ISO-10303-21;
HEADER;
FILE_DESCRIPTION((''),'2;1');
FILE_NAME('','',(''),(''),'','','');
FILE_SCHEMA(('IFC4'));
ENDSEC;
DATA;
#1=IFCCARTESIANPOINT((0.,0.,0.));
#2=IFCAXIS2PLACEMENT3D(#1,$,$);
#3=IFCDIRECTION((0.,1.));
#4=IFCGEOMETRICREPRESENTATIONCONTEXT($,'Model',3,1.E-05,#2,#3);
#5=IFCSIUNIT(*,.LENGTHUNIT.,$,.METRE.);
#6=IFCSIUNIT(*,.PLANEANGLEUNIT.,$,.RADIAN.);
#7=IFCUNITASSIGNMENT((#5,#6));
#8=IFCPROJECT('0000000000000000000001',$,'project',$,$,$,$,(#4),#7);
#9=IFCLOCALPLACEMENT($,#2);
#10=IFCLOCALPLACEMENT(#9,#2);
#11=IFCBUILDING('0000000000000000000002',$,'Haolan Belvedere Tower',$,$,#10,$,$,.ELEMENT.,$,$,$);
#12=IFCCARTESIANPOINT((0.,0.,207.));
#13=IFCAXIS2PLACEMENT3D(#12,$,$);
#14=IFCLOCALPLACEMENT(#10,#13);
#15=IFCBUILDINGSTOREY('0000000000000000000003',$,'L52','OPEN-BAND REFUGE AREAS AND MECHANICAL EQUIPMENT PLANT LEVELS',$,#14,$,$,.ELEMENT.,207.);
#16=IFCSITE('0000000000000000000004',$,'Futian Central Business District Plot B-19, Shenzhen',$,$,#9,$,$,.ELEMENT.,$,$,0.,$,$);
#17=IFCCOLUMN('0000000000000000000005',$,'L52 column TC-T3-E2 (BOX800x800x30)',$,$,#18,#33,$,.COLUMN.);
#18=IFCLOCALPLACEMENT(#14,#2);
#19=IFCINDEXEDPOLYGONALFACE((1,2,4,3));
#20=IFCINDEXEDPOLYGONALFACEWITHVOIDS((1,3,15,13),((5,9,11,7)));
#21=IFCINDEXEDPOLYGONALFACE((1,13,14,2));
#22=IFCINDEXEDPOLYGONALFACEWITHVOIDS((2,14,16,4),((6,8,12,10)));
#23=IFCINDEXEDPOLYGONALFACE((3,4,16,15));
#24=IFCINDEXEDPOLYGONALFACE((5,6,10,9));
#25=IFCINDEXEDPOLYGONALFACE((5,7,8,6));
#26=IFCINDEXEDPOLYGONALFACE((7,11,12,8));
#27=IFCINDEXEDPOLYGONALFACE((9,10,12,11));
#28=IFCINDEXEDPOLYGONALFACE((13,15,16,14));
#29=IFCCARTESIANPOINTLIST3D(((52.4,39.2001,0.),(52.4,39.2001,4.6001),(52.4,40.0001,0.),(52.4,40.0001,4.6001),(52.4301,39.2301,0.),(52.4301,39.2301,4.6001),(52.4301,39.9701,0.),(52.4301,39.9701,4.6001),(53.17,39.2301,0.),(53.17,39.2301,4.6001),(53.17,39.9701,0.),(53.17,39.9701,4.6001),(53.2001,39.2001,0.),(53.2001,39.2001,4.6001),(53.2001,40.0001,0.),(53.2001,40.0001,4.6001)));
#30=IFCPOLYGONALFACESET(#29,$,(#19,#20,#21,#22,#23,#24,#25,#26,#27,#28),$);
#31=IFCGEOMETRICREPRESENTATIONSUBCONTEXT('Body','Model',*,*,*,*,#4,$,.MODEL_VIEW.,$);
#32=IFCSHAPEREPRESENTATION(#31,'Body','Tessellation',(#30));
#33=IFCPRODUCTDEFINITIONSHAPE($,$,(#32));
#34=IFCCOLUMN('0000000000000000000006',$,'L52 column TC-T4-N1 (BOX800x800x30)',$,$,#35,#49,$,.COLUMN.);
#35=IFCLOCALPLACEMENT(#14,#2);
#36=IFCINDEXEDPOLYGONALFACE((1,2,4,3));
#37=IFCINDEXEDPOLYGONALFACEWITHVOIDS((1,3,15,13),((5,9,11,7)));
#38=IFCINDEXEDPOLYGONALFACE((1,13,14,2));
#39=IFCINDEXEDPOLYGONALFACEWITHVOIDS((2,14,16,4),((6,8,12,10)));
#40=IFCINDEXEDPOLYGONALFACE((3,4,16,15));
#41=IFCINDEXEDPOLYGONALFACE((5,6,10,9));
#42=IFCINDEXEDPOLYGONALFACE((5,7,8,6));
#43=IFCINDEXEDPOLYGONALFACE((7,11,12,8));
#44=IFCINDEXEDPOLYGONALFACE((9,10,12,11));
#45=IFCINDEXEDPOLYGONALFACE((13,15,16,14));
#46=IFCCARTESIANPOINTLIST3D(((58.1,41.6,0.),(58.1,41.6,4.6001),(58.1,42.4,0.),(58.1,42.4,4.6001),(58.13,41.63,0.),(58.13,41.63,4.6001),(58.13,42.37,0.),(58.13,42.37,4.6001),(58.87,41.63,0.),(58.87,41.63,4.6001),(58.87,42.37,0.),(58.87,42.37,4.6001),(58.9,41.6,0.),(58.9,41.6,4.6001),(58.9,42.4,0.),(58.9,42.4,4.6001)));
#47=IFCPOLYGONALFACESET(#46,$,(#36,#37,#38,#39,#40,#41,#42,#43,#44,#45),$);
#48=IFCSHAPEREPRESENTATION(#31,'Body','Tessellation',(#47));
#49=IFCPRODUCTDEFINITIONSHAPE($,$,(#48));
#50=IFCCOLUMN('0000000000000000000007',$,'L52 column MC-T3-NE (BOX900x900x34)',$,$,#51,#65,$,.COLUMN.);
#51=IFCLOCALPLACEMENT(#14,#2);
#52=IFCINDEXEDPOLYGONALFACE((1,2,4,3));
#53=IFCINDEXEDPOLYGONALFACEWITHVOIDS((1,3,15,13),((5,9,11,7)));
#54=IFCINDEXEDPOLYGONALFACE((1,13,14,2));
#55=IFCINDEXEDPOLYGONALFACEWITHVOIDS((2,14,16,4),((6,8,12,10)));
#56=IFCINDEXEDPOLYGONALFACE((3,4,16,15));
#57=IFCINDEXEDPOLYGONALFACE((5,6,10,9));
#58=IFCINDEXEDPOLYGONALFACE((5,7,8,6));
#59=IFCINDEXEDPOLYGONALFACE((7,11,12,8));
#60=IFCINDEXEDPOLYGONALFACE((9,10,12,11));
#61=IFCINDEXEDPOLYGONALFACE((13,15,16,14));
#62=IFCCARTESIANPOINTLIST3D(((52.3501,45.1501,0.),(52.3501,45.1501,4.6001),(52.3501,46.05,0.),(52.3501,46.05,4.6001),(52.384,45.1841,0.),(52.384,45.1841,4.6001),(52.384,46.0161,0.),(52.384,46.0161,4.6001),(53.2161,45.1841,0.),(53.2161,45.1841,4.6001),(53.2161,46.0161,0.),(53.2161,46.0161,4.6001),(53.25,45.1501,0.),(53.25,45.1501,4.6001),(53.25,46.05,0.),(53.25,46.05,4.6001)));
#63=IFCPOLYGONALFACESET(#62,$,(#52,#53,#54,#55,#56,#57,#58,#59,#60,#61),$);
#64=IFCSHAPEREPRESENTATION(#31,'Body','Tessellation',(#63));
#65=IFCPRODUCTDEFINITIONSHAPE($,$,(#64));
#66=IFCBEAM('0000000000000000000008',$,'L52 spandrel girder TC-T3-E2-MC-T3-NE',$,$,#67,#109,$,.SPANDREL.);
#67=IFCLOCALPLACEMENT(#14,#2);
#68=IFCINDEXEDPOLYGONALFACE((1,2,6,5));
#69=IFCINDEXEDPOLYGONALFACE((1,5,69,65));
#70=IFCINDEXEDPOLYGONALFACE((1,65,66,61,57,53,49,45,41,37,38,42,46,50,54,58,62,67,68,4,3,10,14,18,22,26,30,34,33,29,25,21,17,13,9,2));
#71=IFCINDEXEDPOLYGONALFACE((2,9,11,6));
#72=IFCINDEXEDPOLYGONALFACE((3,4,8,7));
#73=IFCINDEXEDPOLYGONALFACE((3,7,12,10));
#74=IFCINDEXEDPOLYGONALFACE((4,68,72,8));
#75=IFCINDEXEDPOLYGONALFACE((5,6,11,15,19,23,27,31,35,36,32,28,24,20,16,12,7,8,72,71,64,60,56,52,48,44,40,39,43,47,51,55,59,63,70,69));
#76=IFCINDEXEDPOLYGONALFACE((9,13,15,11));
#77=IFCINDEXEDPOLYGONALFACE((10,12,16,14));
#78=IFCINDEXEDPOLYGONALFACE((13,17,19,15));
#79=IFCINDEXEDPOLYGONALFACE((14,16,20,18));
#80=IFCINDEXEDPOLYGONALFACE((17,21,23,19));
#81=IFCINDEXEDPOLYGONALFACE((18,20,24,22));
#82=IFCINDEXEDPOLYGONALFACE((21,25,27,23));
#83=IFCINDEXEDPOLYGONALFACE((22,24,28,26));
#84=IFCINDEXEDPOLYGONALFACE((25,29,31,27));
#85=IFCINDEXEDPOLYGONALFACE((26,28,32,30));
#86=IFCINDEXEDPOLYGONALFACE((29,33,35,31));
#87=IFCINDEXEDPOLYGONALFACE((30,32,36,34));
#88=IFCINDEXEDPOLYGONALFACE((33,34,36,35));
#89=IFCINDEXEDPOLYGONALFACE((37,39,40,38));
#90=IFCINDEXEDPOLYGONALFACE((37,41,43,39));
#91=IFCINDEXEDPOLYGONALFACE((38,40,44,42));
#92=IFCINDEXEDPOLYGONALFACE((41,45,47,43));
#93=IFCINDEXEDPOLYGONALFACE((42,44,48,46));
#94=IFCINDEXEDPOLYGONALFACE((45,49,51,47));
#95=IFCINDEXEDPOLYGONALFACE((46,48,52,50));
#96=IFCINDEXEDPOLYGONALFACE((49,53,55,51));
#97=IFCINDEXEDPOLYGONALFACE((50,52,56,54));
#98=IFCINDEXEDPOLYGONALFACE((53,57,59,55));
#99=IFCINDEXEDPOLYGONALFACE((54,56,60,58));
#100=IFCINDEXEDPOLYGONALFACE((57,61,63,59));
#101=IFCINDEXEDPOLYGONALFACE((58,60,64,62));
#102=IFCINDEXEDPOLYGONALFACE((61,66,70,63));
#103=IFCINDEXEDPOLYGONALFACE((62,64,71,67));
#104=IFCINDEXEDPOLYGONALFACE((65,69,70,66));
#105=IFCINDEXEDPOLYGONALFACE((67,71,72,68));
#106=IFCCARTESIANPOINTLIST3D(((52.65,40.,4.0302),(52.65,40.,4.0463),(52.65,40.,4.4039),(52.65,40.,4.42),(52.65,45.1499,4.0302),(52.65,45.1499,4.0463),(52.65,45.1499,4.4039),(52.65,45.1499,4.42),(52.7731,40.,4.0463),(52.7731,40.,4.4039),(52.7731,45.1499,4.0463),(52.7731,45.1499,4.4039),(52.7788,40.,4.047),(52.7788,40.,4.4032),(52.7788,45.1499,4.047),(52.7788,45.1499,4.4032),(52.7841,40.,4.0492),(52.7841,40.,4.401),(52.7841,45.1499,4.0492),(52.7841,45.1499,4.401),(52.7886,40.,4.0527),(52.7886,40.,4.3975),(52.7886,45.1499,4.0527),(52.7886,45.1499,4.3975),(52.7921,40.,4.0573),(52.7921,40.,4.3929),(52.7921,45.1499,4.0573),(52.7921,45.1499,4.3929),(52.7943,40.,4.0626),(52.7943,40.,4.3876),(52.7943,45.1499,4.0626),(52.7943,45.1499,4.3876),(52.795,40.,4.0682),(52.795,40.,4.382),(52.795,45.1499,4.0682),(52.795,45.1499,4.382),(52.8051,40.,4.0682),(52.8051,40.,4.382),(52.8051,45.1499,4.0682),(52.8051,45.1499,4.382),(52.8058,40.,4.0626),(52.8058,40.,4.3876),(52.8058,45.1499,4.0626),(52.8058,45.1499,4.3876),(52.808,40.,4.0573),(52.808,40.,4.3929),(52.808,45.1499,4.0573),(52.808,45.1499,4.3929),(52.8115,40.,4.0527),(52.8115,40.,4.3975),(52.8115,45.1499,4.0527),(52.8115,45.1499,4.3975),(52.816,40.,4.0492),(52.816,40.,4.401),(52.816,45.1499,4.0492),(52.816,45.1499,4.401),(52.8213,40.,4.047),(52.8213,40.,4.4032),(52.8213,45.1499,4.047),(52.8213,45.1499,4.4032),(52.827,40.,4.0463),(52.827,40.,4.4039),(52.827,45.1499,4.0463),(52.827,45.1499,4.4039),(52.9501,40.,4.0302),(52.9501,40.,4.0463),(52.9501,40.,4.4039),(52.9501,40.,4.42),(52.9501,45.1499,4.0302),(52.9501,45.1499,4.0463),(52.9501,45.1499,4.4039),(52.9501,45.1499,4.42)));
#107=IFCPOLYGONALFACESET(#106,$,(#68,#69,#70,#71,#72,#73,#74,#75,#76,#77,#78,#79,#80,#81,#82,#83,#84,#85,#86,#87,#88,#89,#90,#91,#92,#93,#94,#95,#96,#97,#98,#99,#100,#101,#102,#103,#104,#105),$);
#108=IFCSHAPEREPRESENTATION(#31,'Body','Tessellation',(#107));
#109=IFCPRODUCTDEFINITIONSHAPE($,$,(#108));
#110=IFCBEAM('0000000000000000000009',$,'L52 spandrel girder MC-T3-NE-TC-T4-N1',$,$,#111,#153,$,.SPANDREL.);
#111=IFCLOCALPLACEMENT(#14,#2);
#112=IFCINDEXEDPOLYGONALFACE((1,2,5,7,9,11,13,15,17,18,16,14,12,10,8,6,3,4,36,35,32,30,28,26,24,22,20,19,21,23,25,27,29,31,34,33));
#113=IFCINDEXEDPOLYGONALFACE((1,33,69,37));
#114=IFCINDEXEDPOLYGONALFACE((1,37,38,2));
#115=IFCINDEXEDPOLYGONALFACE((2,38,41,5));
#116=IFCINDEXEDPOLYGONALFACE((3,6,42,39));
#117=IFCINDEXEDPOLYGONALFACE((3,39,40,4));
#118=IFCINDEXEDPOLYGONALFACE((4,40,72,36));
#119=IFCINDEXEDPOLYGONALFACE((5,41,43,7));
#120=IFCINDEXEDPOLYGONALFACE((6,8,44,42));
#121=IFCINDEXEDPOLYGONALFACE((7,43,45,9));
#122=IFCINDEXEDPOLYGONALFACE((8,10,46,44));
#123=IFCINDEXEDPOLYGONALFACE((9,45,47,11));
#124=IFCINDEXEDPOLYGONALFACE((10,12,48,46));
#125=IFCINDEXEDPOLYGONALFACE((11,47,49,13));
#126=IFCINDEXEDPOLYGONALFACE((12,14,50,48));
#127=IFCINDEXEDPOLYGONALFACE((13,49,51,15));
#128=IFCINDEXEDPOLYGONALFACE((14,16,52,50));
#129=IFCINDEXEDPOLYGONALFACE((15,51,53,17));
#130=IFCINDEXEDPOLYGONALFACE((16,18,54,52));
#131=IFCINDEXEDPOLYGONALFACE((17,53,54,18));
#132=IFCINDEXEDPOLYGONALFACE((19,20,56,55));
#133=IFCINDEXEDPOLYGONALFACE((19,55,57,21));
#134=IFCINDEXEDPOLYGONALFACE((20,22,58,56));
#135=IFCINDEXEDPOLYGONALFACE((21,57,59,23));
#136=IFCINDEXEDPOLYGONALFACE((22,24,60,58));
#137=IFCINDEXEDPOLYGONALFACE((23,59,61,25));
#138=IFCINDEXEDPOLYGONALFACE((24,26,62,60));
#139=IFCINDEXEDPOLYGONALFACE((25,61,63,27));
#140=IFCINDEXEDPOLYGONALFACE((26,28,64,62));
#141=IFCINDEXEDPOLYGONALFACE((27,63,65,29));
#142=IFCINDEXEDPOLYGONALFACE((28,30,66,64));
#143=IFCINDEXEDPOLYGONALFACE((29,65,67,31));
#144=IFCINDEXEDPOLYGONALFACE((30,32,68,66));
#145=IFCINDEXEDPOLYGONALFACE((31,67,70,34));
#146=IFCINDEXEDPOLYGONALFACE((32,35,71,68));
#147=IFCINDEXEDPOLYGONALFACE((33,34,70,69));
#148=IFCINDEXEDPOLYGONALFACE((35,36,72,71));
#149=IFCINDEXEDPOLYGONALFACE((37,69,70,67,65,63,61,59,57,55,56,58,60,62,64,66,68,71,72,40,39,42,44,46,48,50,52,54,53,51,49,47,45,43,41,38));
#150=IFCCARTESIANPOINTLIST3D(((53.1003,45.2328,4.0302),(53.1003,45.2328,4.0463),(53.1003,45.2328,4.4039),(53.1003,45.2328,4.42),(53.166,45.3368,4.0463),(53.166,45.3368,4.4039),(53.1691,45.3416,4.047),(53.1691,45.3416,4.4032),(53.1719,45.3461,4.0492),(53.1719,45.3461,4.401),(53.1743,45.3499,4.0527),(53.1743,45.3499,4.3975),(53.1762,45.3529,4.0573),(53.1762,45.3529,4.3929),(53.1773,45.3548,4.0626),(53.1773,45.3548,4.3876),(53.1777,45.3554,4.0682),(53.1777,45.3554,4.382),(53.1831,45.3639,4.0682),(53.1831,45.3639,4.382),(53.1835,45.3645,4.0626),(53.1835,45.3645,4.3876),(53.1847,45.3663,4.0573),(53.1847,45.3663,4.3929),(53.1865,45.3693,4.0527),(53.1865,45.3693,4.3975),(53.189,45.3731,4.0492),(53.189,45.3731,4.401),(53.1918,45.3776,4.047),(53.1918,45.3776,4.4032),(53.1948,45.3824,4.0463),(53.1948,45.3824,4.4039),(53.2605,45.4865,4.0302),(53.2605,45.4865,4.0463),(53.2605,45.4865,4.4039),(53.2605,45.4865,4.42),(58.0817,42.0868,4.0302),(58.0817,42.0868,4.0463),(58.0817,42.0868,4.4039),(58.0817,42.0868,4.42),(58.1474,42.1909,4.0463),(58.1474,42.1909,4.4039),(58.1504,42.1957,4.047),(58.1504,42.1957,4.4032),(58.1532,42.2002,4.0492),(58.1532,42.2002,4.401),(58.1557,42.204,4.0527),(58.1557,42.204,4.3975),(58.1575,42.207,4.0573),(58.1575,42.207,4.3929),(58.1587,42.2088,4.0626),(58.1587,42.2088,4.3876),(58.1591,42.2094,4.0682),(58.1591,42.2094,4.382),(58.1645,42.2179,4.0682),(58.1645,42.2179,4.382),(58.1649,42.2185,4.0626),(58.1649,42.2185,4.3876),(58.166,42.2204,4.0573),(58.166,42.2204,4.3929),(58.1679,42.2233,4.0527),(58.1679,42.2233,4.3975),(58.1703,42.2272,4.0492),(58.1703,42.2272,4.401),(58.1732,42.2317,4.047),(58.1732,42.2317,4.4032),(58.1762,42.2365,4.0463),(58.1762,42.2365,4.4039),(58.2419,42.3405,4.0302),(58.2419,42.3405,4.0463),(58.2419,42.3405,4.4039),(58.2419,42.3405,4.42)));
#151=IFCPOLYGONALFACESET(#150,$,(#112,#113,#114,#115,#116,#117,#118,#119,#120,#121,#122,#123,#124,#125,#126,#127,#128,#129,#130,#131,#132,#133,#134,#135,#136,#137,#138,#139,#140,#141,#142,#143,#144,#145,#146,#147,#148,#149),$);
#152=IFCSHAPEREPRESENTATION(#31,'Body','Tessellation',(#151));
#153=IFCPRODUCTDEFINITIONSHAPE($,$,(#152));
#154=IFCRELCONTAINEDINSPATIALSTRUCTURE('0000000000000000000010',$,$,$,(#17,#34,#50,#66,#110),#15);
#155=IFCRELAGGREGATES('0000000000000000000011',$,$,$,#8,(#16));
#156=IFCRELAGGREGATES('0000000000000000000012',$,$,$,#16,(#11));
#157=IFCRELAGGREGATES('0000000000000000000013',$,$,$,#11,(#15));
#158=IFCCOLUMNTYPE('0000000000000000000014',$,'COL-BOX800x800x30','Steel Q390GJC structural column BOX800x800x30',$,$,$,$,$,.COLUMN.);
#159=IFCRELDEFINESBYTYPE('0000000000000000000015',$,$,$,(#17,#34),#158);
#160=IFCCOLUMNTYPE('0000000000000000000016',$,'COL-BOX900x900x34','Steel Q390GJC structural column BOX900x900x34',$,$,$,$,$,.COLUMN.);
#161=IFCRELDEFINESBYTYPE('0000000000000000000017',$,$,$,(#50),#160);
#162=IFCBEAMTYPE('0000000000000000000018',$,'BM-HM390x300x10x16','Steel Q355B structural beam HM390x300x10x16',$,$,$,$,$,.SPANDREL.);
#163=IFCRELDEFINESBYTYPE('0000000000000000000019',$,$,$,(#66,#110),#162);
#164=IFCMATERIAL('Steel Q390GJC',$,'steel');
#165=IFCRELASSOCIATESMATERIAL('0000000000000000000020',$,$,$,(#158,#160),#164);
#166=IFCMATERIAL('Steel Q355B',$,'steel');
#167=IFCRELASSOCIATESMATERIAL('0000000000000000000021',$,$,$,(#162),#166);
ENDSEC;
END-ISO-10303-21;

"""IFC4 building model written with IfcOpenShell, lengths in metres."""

from ifc_helpers import new_model, si_unit, direction, frame, origin, origin_2d, place, context, subcontext, project, spatial, hollow_rectangle, i_section, extrude, material, material_profile, profile_set, type_object, element, save


model = new_model("IFC4")

# Units and contexts
model_context = context("Model", 3, precision=1e-05, world=origin(), true_north=direction((0.0, 1.0)))
body_context = subcontext(model_context, "Body", "Model", "MODEL_VIEW")
ifc_project = project(units=[si_unit("LENGTHUNIT", "METRE"), si_unit("PLANEANGLEUNIT", "RADIAN")], contexts=[model_context])

# Site, building, storey
site_placement = place(None, origin())
site = spatial("IfcSite", under=ifc_project, at=site_placement, Name="Futian Central Business District Plot B-19, Shenzhen", CompositionType="ELEMENT", RefElevation=0.0)
building_placement = place(site_placement, origin())
building = spatial("IfcBuilding", under=site, at=building_placement, Name="Haolan Belvedere Tower", CompositionType="ELEMENT")
storey_placement = place(building_placement, frame((0.0, 0.0, 207.0)))
storey = spatial("IfcBuildingStorey", under=building, at=storey_placement, Name="L52", Description="OPEN-BAND REFUGE AREAS AND MECHANICAL EQUIPMENT PLANT LEVELS", CompositionType="ELEMENT", Elevation=207.0)

# Columns
ifc_material_1 = material(Name="Steel Q390GJC", Category="steel")
ifc_material_profile_1 = material_profile(ifc_material_1, hollow_rectangle(XDim=0.8, YDim=0.8, WallThickness=0.03, at=origin_2d()), Name="Steel Q390GJC")
ifc_profile_set_1 = profile_set([ifc_material_profile_1], Name="Steel Q390GJC")
column_type_1 = type_object("IfcColumnType", Name="COL-BOX800x800x30", Description="Steel Q390GJC structural column BOX800x800x30", PredefinedType="COLUMN", material=ifc_profile_set_1)
for number, where, z_axis, x_axis, name in (
    (1, (52.8, 39.6001, 0.0), (0.0, 0.0, 1.0), (1.0, 0.0, 0.0), "L52 column TC-T3-E2 (BOX800x800x30)"),
    (2, (58.5, 42.0, 0.0), (0.0, 0.0, 1.0), (1.0, 0.0, 0.0), "L52 column TC-T4-N1 (BOX800x800x30)"),
):
    element("IfcColumn", number, at=place(storey_placement, frame(where, z_axis=z_axis, x_axis=x_axis)), inside=storey, type_object=column_type_1, Name=name, PredefinedType="COLUMN", context=body_context, shape_type="SweptSolid", body=[
        extrude(hollow_rectangle(XDim=0.8, YDim=0.8, WallThickness=0.03, at=origin_2d()), origin(), (0.0, 0.0, 1.0), 4.6001),
    ])
ifc_material_profile_2 = material_profile(ifc_material_1, hollow_rectangle(XDim=0.8999, YDim=0.8999, WallThickness=0.0339, at=origin_2d()), Name="Steel Q390GJC")
ifc_profile_set_2 = profile_set([ifc_material_profile_2], Name="Steel Q390GJC")
column_type_2 = type_object("IfcColumnType", Name="COL-BOX900x900x34", Description="Steel Q390GJC structural column BOX900x900x34", PredefinedType="COLUMN", material=ifc_profile_set_2)
column_placement = place(storey_placement, frame((52.8, 45.6001, 0.0), z_axis=(0.0, 0.0, 1.0), x_axis=(1.0, 0.0, 0.0)))
element("IfcColumn", 3, at=column_placement, inside=storey, type_object=column_type_2, Name="L52 column MC-T3-NE (BOX900x900x34)", PredefinedType="COLUMN", context=body_context, shape_type="SweptSolid", body=[
    extrude(hollow_rectangle(XDim=0.8999, YDim=0.8999, WallThickness=0.0339, at=origin_2d()), origin(), (0.0, 0.0, 1.0), 4.6001),
])

# Beams
ifc_material_2 = material(Name="Steel Q355B", Category="steel")
ifc_material_profile_3 = material_profile(ifc_material_2, i_section(OverallWidth=0.3, OverallDepth=0.3899, WebThickness=0.01, FlangeThickness=0.0161, FilletRadius=0.022, at=origin_2d()), Name="Steel Q355B")
ifc_profile_set_3 = profile_set([ifc_material_profile_3], Name="Steel Q355B")
beam_type_1 = type_object("IfcBeamType", Name="BM-HM390x300x10x16", Description="Steel Q355B structural beam HM390x300x10x16", PredefinedType="SPANDREL", material=ifc_profile_set_3)
beam_1_placement = place(storey_placement, frame((52.8, 40.0, 4.2251), z_axis=(0.0, 1.0, 0.0), x_axis=(-1.0, 0.0, 0.0)))
element("IfcBeam", 4, at=beam_1_placement, inside=storey, type_object=beam_type_1, Name="L52 spandrel girder TC-T3-E2-MC-T3-NE", PredefinedType="SPANDREL", context=body_context, shape_type="SweptSolid", body=[
    extrude(i_section(OverallWidth=0.3, OverallDepth=0.3899, WebThickness=0.01, FlangeThickness=0.0161, FilletRadius=0.022, at=origin_2d()), origin(), (0.0, 0.0, 1.0), 5.1499),
])
beam_2_placement = place(storey_placement, frame((53.1804, 45.3596, 4.2251), z_axis=(0.845503, -0.533971, 0.0), x_axis=(0.533971, 0.845503, 0.0)))
element("IfcBeam", 5, at=beam_2_placement, inside=storey, type_object=beam_type_1, Name="L52 spandrel girder MC-T3-NE-TC-T4-N1", PredefinedType="SPANDREL", context=body_context, shape_type="SweptSolid", body=[
    extrude(i_section(OverallWidth=0.3, OverallDepth=0.3899, WebThickness=0.01, FlangeThickness=0.0161, FilletRadius=0.022, at=origin_2d()), origin(), (0.0, 0.0, 1.0), 5.8916),
])

save(model, "model.ifc")
